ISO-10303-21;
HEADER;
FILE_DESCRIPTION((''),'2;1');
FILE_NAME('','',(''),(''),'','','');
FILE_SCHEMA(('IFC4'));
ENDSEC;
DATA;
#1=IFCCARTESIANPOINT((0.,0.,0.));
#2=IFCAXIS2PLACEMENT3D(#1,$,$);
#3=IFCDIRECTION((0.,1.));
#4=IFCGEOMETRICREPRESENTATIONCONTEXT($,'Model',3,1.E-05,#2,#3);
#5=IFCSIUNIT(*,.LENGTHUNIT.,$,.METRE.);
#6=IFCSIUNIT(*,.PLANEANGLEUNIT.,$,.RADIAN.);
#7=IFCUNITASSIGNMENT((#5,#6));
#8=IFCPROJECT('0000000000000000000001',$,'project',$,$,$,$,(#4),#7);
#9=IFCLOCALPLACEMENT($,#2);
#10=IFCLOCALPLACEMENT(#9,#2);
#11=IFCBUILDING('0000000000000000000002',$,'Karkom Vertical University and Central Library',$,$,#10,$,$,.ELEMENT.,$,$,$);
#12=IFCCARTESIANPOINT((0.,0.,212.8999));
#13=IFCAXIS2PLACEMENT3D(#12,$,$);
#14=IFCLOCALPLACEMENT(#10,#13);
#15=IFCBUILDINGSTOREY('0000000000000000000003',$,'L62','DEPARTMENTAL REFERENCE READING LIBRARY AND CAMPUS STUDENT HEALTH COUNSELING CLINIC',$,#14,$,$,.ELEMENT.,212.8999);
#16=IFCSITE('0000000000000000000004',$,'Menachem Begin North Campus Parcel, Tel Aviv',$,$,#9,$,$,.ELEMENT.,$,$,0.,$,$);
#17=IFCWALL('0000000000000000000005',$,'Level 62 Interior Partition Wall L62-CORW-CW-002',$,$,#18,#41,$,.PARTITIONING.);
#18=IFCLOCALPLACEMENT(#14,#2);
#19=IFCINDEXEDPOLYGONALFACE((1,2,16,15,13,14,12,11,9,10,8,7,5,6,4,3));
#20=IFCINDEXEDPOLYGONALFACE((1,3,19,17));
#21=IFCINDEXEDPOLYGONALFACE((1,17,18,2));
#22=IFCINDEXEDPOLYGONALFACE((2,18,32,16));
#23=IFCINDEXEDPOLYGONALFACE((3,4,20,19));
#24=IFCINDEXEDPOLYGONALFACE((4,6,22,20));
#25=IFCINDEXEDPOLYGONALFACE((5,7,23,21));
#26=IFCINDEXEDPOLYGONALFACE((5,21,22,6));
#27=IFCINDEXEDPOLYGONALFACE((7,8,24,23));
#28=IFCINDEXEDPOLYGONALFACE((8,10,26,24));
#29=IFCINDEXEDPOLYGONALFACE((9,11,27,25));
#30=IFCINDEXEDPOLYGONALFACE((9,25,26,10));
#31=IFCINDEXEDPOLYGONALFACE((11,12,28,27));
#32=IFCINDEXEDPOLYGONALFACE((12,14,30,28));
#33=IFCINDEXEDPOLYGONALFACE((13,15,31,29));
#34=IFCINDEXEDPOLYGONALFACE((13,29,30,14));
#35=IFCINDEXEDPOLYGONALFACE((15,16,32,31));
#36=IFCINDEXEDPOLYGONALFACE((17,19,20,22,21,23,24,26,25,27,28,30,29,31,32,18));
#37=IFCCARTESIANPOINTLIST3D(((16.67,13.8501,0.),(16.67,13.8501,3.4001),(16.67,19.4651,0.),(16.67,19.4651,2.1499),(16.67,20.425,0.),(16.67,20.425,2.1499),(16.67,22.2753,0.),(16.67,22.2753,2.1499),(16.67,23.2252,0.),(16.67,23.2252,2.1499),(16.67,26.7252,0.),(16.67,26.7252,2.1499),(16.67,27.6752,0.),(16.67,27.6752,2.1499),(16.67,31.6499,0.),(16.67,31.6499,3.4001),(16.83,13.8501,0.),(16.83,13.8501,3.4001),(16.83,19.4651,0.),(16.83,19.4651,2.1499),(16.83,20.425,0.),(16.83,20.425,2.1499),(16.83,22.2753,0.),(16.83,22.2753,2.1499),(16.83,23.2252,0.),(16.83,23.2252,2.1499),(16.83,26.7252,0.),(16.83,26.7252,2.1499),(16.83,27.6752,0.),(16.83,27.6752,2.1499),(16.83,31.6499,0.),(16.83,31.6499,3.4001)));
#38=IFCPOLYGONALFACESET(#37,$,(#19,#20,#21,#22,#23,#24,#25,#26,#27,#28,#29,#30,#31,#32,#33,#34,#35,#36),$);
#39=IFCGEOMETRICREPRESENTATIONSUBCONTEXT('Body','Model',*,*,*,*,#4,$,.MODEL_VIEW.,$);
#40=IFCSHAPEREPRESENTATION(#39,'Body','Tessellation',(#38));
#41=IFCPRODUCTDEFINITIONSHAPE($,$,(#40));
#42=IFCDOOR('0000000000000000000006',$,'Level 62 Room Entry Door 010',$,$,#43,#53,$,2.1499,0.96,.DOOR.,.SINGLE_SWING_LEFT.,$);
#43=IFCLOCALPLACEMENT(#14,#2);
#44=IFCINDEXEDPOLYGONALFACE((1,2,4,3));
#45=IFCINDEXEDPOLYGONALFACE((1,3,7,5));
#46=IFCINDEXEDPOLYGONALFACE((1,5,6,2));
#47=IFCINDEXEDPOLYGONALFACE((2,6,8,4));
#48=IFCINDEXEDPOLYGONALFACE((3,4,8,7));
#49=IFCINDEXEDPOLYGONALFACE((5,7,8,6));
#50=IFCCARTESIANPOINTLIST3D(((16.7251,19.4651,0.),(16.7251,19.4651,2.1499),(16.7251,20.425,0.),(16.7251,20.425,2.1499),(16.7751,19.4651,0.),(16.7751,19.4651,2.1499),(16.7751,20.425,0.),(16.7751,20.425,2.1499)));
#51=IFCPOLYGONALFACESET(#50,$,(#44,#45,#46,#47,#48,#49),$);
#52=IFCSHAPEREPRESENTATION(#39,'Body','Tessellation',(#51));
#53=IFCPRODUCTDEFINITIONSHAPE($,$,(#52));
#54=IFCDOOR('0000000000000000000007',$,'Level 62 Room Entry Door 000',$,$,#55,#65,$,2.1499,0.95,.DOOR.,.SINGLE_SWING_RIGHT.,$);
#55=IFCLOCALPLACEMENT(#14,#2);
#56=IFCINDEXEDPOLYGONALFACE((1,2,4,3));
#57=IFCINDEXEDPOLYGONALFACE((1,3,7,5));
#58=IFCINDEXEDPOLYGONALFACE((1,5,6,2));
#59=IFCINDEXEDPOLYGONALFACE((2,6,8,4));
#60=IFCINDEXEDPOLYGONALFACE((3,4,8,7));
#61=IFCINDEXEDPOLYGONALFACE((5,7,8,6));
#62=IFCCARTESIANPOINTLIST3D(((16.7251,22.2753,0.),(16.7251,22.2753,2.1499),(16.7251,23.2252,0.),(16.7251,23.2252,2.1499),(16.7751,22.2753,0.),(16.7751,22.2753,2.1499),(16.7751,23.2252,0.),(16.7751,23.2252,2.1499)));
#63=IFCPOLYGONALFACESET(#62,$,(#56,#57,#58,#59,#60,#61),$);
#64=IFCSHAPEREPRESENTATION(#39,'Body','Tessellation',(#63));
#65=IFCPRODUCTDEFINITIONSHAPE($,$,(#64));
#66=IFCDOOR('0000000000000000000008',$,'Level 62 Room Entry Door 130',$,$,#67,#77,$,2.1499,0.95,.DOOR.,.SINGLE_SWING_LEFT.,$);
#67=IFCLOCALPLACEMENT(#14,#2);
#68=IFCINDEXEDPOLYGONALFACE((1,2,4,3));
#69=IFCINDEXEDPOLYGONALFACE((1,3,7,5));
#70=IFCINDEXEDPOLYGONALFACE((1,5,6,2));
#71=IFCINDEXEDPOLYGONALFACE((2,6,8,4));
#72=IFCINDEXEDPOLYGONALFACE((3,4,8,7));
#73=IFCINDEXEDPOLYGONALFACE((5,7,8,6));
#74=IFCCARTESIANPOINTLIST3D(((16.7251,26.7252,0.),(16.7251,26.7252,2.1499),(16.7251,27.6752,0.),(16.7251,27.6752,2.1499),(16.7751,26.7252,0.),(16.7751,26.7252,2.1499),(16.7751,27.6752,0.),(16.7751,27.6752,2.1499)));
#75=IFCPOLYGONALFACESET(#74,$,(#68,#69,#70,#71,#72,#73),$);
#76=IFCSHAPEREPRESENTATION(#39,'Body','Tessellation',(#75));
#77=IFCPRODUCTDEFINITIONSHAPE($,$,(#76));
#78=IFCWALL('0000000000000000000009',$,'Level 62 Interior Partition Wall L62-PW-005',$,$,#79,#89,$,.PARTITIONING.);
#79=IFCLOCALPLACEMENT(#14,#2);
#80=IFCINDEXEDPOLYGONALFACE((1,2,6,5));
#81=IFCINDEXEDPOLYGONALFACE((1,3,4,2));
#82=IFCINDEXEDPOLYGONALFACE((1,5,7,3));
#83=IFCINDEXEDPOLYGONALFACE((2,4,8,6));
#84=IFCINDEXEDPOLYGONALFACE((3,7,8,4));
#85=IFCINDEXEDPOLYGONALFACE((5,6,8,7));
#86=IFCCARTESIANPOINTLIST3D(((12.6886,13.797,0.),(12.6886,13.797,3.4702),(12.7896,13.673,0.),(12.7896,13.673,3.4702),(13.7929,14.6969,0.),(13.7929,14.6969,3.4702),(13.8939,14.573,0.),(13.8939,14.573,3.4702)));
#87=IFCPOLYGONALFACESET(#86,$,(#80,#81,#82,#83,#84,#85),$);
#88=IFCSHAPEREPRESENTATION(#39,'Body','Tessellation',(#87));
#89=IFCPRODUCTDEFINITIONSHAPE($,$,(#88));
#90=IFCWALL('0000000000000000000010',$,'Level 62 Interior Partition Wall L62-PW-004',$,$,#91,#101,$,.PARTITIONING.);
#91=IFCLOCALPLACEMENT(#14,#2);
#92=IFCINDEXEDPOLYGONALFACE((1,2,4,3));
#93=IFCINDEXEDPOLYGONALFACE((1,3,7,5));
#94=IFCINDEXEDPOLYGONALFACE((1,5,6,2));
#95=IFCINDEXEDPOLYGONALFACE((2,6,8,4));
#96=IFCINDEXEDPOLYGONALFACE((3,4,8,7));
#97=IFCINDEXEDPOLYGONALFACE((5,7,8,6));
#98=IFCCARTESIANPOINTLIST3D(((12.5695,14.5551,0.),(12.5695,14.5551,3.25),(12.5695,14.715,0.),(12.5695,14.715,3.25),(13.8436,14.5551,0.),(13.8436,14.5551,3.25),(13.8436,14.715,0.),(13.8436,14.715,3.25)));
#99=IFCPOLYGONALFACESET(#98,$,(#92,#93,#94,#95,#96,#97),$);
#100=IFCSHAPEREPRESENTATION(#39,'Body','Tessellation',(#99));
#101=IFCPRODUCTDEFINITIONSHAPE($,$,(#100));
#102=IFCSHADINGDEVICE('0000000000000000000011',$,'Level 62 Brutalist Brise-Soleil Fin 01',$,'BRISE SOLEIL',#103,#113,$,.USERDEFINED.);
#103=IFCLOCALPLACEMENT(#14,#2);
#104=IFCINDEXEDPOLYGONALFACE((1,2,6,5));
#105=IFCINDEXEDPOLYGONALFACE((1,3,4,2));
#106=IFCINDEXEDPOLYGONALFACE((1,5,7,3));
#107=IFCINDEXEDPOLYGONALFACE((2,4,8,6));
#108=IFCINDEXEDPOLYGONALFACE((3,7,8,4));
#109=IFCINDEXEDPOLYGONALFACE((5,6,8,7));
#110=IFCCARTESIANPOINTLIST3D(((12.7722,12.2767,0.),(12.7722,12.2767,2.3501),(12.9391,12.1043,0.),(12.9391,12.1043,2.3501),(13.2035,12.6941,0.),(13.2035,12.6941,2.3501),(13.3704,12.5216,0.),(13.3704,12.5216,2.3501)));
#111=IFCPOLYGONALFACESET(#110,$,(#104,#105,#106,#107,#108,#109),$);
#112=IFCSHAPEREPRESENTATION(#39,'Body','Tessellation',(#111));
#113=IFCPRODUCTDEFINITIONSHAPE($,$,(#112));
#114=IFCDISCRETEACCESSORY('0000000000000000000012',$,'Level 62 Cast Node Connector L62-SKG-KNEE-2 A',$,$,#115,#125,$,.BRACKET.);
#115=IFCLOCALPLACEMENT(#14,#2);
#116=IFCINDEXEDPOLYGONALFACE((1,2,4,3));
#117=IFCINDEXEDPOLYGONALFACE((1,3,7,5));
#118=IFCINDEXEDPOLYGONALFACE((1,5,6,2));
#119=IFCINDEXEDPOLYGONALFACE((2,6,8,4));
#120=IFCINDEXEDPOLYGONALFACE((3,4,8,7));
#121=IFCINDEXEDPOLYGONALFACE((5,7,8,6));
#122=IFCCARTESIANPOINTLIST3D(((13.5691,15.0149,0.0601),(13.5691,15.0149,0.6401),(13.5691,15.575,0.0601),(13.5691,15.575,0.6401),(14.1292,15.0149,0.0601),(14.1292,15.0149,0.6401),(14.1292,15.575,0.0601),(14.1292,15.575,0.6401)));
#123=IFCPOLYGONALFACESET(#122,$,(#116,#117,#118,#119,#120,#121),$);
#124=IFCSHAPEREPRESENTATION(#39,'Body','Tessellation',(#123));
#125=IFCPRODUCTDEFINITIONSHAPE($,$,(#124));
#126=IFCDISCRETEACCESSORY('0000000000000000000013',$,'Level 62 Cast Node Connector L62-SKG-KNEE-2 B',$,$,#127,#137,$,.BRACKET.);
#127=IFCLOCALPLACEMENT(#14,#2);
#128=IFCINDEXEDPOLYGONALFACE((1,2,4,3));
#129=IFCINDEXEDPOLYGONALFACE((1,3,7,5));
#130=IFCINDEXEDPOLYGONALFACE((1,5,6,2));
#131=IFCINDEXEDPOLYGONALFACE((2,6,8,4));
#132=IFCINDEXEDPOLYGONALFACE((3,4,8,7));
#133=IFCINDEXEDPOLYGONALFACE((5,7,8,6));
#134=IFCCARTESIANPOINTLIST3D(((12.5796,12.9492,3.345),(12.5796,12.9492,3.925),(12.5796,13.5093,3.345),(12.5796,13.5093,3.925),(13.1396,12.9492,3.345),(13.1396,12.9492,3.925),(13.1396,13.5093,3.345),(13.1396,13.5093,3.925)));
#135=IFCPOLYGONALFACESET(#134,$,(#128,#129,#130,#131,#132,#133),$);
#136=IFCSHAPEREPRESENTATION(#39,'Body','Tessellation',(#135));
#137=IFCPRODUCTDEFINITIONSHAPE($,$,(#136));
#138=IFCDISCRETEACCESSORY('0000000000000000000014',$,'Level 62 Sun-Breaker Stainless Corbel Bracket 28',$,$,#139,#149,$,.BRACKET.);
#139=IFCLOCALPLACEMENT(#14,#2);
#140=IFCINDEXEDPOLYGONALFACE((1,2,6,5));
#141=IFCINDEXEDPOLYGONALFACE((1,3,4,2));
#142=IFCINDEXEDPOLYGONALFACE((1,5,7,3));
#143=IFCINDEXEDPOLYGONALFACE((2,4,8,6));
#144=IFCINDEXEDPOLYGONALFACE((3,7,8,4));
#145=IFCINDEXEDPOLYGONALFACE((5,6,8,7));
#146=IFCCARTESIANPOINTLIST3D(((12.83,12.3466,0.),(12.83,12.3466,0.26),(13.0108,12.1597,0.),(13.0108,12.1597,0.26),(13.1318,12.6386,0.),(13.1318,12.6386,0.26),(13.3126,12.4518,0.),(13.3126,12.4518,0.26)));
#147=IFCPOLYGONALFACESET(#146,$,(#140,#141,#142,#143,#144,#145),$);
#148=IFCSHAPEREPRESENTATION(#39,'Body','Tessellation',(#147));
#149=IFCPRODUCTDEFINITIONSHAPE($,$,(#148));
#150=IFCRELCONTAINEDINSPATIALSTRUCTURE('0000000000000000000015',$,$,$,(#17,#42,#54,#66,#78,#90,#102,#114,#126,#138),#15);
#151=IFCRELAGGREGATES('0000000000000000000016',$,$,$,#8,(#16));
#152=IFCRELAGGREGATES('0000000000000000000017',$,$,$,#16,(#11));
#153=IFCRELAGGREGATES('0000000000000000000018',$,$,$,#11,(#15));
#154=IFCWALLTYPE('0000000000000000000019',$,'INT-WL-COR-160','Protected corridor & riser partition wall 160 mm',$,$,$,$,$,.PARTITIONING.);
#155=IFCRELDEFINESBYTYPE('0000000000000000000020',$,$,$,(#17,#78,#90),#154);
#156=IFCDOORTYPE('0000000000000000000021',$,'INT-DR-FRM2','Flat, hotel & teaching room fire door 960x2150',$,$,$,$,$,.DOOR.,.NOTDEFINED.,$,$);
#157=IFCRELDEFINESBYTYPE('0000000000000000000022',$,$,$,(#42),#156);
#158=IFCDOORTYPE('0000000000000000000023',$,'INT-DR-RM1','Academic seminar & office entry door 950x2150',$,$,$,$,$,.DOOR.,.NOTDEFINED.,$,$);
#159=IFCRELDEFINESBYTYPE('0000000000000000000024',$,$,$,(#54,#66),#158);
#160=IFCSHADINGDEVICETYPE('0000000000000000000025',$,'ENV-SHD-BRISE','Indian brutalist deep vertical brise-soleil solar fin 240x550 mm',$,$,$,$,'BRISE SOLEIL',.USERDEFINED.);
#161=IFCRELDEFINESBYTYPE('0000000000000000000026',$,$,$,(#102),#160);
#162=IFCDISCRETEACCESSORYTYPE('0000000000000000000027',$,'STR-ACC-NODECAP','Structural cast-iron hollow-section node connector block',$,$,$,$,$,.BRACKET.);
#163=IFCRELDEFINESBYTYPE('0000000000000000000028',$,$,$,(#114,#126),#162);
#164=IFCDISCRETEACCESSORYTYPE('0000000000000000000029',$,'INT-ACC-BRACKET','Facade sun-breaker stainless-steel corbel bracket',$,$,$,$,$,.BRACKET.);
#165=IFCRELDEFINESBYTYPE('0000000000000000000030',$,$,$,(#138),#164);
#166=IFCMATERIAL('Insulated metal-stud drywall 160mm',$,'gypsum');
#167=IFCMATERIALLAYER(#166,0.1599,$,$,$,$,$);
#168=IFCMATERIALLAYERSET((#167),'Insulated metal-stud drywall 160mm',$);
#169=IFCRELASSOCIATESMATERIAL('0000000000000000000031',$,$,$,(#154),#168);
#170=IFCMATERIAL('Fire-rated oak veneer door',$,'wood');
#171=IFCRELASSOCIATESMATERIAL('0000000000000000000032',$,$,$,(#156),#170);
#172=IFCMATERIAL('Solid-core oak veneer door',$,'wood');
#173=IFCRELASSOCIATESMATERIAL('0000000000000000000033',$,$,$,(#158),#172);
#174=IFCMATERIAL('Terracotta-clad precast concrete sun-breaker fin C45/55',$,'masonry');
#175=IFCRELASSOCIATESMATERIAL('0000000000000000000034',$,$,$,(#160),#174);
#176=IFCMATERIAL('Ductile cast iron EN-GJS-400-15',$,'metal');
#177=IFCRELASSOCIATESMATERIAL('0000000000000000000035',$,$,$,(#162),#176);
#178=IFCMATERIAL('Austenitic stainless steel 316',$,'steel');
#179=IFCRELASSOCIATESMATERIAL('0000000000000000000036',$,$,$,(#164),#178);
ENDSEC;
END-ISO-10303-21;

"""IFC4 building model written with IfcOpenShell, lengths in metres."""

from ifc_helpers import new_model, si_unit, direction, frame, frame_2d, origin, origin_with_axes, origin_2d, place, context, subcontext, project, spatial, rectangle, extrude, source, transform, mapped, material, layer, layer_set, type_object, element, fill, save


model = new_model("IFC4")

# Units and contexts
model_context = context("Model", 3, precision=1e-05, world=origin(), true_north=direction((0.0, 1.0)))
body_context = subcontext(model_context, "Body", "Model", "MODEL_VIEW")
ifc_project = project(units=[si_unit("LENGTHUNIT", "METRE"), si_unit("PLANEANGLEUNIT", "RADIAN")], contexts=[model_context])

# Site, building, storey
site_placement = place(None, origin())
site = spatial("IfcSite", under=ifc_project, at=site_placement, Name="Menachem Begin North Campus Parcel, Tel Aviv", CompositionType="ELEMENT", RefElevation=0.0)
building_placement = place(site_placement, origin())
building = spatial("IfcBuilding", under=site, at=building_placement, Name="Karkom Vertical University and Central Library", CompositionType="ELEMENT")
storey_placement = place(building_placement, frame((0.0, 0.0, 212.8999)))
storey = spatial("IfcBuildingStorey", under=building, at=storey_placement, Name="L62", Description="DEPARTMENTAL REFERENCE READING LIBRARY AND CAMPUS STUDENT HEALTH COUNSELING CLINIC", CompositionType="ELEMENT", Elevation=212.8999)

# Wall, openings, doors
ifc_material_1 = material(Name="Insulated metal-stud drywall 160mm", Category="gypsum")
ifc_layer_1 = layer(ifc_material_1, 0.1599)
ifc_layer_set_1 = layer_set([ifc_layer_1], Name="Insulated metal-stud drywall 160mm")
wall_type_1 = type_object("IfcWallType", Name="INT-WL-COR-160", Description="Protected corridor & riser partition wall 160 mm", PredefinedType="PARTITIONING", material=ifc_layer_set_1)
wall_1_placement = place(storey_placement, frame((16.75, 13.8501, 0.0), z_axis=(0.0, 0.0, 1.0), x_axis=(0.0, 1.0, 0.0)))
wall_1 = element("IfcWall", 1, at=wall_1_placement, inside=storey, type_object=wall_type_1, Name="Level 62 Interior Partition Wall L62-CORW-CW-002", PredefinedType="PARTITIONING", context=body_context, shape_type="SweptSolid", body=[
    extrude(rectangle(XDim=17.7998, YDim=0.1599, at=frame_2d((8.8999, 0.0))), origin(), (0.0, 0.0, 1.0), 3.4001),
])
opening_1_placement = place(wall_1_placement, frame((8.425, 0.0, 0.0)))
opening_1 = element("IfcOpeningElement", 2, at=opening_1_placement, cuts=wall_1, PredefinedType="OPENING", context=body_context, shape_type="SweptSolid", body=[
    extrude(rectangle(XDim=0.95, YDim=2.1499, at=frame_2d((0.4751, 1.075))), frame((0.0, 0.0898, 0.0), z_axis=(0.0, -1.0, 0.0), x_axis=(1.0, 0.0, 0.0)), (0.0, 0.0, 1.0), 0.1799),
])
opening_2_placement = place(wall_1_placement, frame((5.615, 0.0, 0.0)))
opening_2 = element("IfcOpeningElement", 3, at=opening_2_placement, cuts=wall_1, PredefinedType="OPENING", context=body_context, shape_type="SweptSolid", body=[
    extrude(rectangle(XDim=0.96, YDim=2.1499, at=frame_2d((0.48, 1.075))), frame((0.0, 0.0898, 0.0), z_axis=(0.0, -1.0, 0.0), x_axis=(1.0, 0.0, 0.0)), (0.0, 0.0, 1.0), 0.1799),
])
opening_3_placement = place(wall_1_placement, frame((12.875, 0.0, 0.0)))
opening_3 = element("IfcOpeningElement", 4, at=opening_3_placement, cuts=wall_1, PredefinedType="OPENING", context=body_context, shape_type="SweptSolid", body=[
    extrude(rectangle(XDim=0.95, YDim=2.1499, at=frame_2d((0.4751, 1.075))), frame((0.0, 0.0898, 0.0), z_axis=(0.0, -1.0, 0.0), x_axis=(1.0, 0.0, 0.0)), (0.0, 0.0, 1.0), 0.1799),
])
ifc_material_2 = material(Name="Fire-rated oak veneer door", Category="wood")
door_type_1 = type_object("IfcDoorType", Name="INT-DR-FRM2", Description="Flat, hotel & teaching room fire door 960x2150", OperationType="NOTDEFINED", PredefinedType="DOOR", material=ifc_material_2)
shared_shape_1 = source(origin_with_axes(), body_context, "Body", "SweptSolid", [
    extrude(rectangle(XDim=0.96, YDim=2.1499, at=frame_2d((0.48, 1.075))), frame((0.0, 0.0249, 0.0), z_axis=(0.0, -1.0, 0.0), x_axis=(1.0, 0.0, 0.0)), (0.0, 0.0, 1.0), 0.05),
])
door_1_placement = place(opening_2_placement, origin())
door_1 = element("IfcDoor", 5, at=door_1_placement, inside=storey, type_object=door_type_1, Name="Level 62 Room Entry Door 010", OperationType="SINGLE_SWING_LEFT", OverallHeight=2.1499, OverallWidth=0.96, PredefinedType="DOOR", context=body_context, shape_type="MappedRepresentation", body=[
    mapped(shared_shape_1, transform((0.0, 0.0, 0.0), scale=1.0)),
])
fill(opening_2, door_1)
ifc_material_3 = material(Name="Solid-core oak veneer door", Category="wood")
door_type_2 = type_object("IfcDoorType", Name="INT-DR-RM1", Description="Academic seminar & office entry door 950x2150", OperationType="NOTDEFINED", PredefinedType="DOOR", material=ifc_material_3)
shared_shape_2 = source(origin_with_axes(), body_context, "Body", "SweptSolid", [
    extrude(rectangle(XDim=0.95, YDim=2.1499, at=frame_2d((0.4751, 1.075))), frame((0.0, 0.0249, 0.0), z_axis=(0.0, -1.0, 0.0), x_axis=(1.0, 0.0, 0.0)), (0.0, 0.0, 1.0), 0.05),
])
door_2_placement = place(opening_1_placement, origin())
door_2 = element("IfcDoor", 6, at=door_2_placement, inside=storey, type_object=door_type_2, Name="Level 62 Room Entry Door 000", OperationType="SINGLE_SWING_RIGHT", OverallHeight=2.1499, OverallWidth=0.95, PredefinedType="DOOR", context=body_context, shape_type="MappedRepresentation", body=[
    mapped(shared_shape_2, transform((0.0, 0.0, 0.0), scale=1.0)),
])
fill(opening_1, door_2)
door_3_placement = place(opening_3_placement, origin())
door_3 = element("IfcDoor", 7, at=door_3_placement, inside=storey, type_object=door_type_2, Name="Level 62 Room Entry Door 130", OperationType="SINGLE_SWING_LEFT", OverallHeight=2.1499, OverallWidth=0.95, PredefinedType="DOOR", context=body_context, shape_type="MappedRepresentation", body=[
    mapped(shared_shape_2, transform((0.0, 0.0, 0.0), scale=1.0)),
])
fill(opening_3, door_3)

# Walls
wall_2_placement = place(storey_placement, frame((13.8435, 14.635, 0.0), z_axis=(0.0, 0.0, 1.0), x_axis=(-0.775185, -0.631734, 0.0)))
element("IfcWall", 8, at=wall_2_placement, inside=storey, type_object=wall_type_1, Name="Level 62 Interior Partition Wall L62-PW-005", PredefinedType="PARTITIONING", context=body_context, shape_type="SweptSolid", body=[
    extrude(rectangle(XDim=1.4246, YDim=0.1599, at=frame_2d((0.7124, 0.0))), origin(), (0.0, 0.0, 1.0), 3.4702),
])
wall_3_placement = place(storey_placement, frame((12.5693, 14.635, 0.0), z_axis=(0.0, 0.0, 1.0), x_axis=(1.0, 0.0, 0.0)))
element("IfcWall", 9, at=wall_3_placement, inside=storey, type_object=wall_type_1, Name="Level 62 Interior Partition Wall L62-PW-004", PredefinedType="PARTITIONING", context=body_context, shape_type="SweptSolid", body=[
    extrude(rectangle(XDim=1.2742, YDim=0.1599, at=frame_2d((0.6372, 0.0))), origin(), (0.0, 0.0, 1.0), 3.25),
])

# Shading device
ifc_material_4 = material(Name="Terracotta-clad precast concrete sun-breaker fin C45/55", Category="masonry")
shading_device_type = type_object("IfcShadingDeviceType", Name="ENV-SHD-BRISE", Description="Indian brutalist deep vertical brise-soleil solar fin 240x550 mm", ElementType="BRISE SOLEIL", PredefinedType="USERDEFINED", material=ifc_material_4)
shared_shape_3 = source(origin_with_axes(), body_context, "Body", "SweptSolid", [
    extrude(rectangle(XDim=0.24, YDim=0.6001, at=origin_2d()), origin(), (0.0, 0.0, 1.0), 2.3501),
])
shading_device_placement = place(storey_placement, frame((13.0713, 12.3992, 0.0), z_axis=(0.0, 0.0, 1.0), x_axis=(0.695411, -0.718612, 0.0)))
element("IfcShadingDevice", 10, at=shading_device_placement, inside=storey, type_object=shading_device_type, Name="Level 62 Brutalist Brise-Soleil Fin 01", ObjectType="BRISE SOLEIL", PredefinedType="USERDEFINED", context=body_context, shape_type="MappedRepresentation", body=[
    mapped(shared_shape_3, transform((0.0, 0.0, 0.0), scale=1.0)),
])

# Discrete accessories
ifc_material_5 = material(Name="Ductile cast iron EN-GJS-400-15", Category="metal")
discrete_accessory_type_1 = type_object("IfcDiscreteAccessoryType", Name="STR-ACC-NODECAP", Description="Structural cast-iron hollow-section node connector block", PredefinedType="BRACKET", material=ifc_material_5)
shared_shape_4 = source(origin_with_axes(), body_context, "Body", "SweptSolid", [
    extrude(rectangle(XDim=0.5601, YDim=0.5601, at=origin_2d()), origin(), (0.0, 0.0, 1.0), 0.5801),
])
for number, where, z_axis, x_axis, name in (
    (11, (13.8491, 15.2949, 0.0601), (0.0, 0.0, 1.0), (1.0, 0.0, 0.0), "Level 62 Cast Node Connector L62-SKG-KNEE-2 A"),
    (12, (12.8596, 13.2292, 3.345), (0.0, 0.0, 1.0), (1.0, 0.0, 0.0), "Level 62 Cast Node Connector L62-SKG-KNEE-2 B"),
):
    element("IfcDiscreteAccessory", number, at=place(storey_placement, frame(where, z_axis=z_axis, x_axis=x_axis)), inside=storey, type_object=discrete_accessory_type_1, Name=name, PredefinedType="BRACKET", context=body_context, shape_type="MappedRepresentation", body=[
        mapped(shared_shape_4, transform((0.0, 0.0, 0.0), scale=1.0)),
    ])
ifc_material_6 = material(Name="Austenitic stainless steel 316", Category="steel")
discrete_accessory_type_2 = type_object("IfcDiscreteAccessoryType", Name="INT-ACC-BRACKET", Description="Facade sun-breaker stainless-steel corbel bracket", PredefinedType="BRACKET", material=ifc_material_6)
shared_shape_5 = source(origin_with_axes(), body_context, "Body", "SweptSolid", [
    extrude(rectangle(XDim=0.26, YDim=0.4199, at=origin_2d()), origin(), (0.0, 0.0, 1.0), 0.26),
])
discrete_accessory_placement = place(storey_placement, frame((13.0713, 12.3992, 0.0), z_axis=(0.0, 0.0, 1.0), x_axis=(0.695411, -0.718612, 0.0)))
element("IfcDiscreteAccessory", 13, at=discrete_accessory_placement, inside=storey, type_object=discrete_accessory_type_2, Name="Level 62 Sun-Breaker Stainless Corbel Bracket 28", PredefinedType="BRACKET", context=body_context, shape_type="MappedRepresentation", body=[
    mapped(shared_shape_5, transform((0.0, 0.0, 0.0), scale=1.0)),
])

save(model, "model.ifc")
